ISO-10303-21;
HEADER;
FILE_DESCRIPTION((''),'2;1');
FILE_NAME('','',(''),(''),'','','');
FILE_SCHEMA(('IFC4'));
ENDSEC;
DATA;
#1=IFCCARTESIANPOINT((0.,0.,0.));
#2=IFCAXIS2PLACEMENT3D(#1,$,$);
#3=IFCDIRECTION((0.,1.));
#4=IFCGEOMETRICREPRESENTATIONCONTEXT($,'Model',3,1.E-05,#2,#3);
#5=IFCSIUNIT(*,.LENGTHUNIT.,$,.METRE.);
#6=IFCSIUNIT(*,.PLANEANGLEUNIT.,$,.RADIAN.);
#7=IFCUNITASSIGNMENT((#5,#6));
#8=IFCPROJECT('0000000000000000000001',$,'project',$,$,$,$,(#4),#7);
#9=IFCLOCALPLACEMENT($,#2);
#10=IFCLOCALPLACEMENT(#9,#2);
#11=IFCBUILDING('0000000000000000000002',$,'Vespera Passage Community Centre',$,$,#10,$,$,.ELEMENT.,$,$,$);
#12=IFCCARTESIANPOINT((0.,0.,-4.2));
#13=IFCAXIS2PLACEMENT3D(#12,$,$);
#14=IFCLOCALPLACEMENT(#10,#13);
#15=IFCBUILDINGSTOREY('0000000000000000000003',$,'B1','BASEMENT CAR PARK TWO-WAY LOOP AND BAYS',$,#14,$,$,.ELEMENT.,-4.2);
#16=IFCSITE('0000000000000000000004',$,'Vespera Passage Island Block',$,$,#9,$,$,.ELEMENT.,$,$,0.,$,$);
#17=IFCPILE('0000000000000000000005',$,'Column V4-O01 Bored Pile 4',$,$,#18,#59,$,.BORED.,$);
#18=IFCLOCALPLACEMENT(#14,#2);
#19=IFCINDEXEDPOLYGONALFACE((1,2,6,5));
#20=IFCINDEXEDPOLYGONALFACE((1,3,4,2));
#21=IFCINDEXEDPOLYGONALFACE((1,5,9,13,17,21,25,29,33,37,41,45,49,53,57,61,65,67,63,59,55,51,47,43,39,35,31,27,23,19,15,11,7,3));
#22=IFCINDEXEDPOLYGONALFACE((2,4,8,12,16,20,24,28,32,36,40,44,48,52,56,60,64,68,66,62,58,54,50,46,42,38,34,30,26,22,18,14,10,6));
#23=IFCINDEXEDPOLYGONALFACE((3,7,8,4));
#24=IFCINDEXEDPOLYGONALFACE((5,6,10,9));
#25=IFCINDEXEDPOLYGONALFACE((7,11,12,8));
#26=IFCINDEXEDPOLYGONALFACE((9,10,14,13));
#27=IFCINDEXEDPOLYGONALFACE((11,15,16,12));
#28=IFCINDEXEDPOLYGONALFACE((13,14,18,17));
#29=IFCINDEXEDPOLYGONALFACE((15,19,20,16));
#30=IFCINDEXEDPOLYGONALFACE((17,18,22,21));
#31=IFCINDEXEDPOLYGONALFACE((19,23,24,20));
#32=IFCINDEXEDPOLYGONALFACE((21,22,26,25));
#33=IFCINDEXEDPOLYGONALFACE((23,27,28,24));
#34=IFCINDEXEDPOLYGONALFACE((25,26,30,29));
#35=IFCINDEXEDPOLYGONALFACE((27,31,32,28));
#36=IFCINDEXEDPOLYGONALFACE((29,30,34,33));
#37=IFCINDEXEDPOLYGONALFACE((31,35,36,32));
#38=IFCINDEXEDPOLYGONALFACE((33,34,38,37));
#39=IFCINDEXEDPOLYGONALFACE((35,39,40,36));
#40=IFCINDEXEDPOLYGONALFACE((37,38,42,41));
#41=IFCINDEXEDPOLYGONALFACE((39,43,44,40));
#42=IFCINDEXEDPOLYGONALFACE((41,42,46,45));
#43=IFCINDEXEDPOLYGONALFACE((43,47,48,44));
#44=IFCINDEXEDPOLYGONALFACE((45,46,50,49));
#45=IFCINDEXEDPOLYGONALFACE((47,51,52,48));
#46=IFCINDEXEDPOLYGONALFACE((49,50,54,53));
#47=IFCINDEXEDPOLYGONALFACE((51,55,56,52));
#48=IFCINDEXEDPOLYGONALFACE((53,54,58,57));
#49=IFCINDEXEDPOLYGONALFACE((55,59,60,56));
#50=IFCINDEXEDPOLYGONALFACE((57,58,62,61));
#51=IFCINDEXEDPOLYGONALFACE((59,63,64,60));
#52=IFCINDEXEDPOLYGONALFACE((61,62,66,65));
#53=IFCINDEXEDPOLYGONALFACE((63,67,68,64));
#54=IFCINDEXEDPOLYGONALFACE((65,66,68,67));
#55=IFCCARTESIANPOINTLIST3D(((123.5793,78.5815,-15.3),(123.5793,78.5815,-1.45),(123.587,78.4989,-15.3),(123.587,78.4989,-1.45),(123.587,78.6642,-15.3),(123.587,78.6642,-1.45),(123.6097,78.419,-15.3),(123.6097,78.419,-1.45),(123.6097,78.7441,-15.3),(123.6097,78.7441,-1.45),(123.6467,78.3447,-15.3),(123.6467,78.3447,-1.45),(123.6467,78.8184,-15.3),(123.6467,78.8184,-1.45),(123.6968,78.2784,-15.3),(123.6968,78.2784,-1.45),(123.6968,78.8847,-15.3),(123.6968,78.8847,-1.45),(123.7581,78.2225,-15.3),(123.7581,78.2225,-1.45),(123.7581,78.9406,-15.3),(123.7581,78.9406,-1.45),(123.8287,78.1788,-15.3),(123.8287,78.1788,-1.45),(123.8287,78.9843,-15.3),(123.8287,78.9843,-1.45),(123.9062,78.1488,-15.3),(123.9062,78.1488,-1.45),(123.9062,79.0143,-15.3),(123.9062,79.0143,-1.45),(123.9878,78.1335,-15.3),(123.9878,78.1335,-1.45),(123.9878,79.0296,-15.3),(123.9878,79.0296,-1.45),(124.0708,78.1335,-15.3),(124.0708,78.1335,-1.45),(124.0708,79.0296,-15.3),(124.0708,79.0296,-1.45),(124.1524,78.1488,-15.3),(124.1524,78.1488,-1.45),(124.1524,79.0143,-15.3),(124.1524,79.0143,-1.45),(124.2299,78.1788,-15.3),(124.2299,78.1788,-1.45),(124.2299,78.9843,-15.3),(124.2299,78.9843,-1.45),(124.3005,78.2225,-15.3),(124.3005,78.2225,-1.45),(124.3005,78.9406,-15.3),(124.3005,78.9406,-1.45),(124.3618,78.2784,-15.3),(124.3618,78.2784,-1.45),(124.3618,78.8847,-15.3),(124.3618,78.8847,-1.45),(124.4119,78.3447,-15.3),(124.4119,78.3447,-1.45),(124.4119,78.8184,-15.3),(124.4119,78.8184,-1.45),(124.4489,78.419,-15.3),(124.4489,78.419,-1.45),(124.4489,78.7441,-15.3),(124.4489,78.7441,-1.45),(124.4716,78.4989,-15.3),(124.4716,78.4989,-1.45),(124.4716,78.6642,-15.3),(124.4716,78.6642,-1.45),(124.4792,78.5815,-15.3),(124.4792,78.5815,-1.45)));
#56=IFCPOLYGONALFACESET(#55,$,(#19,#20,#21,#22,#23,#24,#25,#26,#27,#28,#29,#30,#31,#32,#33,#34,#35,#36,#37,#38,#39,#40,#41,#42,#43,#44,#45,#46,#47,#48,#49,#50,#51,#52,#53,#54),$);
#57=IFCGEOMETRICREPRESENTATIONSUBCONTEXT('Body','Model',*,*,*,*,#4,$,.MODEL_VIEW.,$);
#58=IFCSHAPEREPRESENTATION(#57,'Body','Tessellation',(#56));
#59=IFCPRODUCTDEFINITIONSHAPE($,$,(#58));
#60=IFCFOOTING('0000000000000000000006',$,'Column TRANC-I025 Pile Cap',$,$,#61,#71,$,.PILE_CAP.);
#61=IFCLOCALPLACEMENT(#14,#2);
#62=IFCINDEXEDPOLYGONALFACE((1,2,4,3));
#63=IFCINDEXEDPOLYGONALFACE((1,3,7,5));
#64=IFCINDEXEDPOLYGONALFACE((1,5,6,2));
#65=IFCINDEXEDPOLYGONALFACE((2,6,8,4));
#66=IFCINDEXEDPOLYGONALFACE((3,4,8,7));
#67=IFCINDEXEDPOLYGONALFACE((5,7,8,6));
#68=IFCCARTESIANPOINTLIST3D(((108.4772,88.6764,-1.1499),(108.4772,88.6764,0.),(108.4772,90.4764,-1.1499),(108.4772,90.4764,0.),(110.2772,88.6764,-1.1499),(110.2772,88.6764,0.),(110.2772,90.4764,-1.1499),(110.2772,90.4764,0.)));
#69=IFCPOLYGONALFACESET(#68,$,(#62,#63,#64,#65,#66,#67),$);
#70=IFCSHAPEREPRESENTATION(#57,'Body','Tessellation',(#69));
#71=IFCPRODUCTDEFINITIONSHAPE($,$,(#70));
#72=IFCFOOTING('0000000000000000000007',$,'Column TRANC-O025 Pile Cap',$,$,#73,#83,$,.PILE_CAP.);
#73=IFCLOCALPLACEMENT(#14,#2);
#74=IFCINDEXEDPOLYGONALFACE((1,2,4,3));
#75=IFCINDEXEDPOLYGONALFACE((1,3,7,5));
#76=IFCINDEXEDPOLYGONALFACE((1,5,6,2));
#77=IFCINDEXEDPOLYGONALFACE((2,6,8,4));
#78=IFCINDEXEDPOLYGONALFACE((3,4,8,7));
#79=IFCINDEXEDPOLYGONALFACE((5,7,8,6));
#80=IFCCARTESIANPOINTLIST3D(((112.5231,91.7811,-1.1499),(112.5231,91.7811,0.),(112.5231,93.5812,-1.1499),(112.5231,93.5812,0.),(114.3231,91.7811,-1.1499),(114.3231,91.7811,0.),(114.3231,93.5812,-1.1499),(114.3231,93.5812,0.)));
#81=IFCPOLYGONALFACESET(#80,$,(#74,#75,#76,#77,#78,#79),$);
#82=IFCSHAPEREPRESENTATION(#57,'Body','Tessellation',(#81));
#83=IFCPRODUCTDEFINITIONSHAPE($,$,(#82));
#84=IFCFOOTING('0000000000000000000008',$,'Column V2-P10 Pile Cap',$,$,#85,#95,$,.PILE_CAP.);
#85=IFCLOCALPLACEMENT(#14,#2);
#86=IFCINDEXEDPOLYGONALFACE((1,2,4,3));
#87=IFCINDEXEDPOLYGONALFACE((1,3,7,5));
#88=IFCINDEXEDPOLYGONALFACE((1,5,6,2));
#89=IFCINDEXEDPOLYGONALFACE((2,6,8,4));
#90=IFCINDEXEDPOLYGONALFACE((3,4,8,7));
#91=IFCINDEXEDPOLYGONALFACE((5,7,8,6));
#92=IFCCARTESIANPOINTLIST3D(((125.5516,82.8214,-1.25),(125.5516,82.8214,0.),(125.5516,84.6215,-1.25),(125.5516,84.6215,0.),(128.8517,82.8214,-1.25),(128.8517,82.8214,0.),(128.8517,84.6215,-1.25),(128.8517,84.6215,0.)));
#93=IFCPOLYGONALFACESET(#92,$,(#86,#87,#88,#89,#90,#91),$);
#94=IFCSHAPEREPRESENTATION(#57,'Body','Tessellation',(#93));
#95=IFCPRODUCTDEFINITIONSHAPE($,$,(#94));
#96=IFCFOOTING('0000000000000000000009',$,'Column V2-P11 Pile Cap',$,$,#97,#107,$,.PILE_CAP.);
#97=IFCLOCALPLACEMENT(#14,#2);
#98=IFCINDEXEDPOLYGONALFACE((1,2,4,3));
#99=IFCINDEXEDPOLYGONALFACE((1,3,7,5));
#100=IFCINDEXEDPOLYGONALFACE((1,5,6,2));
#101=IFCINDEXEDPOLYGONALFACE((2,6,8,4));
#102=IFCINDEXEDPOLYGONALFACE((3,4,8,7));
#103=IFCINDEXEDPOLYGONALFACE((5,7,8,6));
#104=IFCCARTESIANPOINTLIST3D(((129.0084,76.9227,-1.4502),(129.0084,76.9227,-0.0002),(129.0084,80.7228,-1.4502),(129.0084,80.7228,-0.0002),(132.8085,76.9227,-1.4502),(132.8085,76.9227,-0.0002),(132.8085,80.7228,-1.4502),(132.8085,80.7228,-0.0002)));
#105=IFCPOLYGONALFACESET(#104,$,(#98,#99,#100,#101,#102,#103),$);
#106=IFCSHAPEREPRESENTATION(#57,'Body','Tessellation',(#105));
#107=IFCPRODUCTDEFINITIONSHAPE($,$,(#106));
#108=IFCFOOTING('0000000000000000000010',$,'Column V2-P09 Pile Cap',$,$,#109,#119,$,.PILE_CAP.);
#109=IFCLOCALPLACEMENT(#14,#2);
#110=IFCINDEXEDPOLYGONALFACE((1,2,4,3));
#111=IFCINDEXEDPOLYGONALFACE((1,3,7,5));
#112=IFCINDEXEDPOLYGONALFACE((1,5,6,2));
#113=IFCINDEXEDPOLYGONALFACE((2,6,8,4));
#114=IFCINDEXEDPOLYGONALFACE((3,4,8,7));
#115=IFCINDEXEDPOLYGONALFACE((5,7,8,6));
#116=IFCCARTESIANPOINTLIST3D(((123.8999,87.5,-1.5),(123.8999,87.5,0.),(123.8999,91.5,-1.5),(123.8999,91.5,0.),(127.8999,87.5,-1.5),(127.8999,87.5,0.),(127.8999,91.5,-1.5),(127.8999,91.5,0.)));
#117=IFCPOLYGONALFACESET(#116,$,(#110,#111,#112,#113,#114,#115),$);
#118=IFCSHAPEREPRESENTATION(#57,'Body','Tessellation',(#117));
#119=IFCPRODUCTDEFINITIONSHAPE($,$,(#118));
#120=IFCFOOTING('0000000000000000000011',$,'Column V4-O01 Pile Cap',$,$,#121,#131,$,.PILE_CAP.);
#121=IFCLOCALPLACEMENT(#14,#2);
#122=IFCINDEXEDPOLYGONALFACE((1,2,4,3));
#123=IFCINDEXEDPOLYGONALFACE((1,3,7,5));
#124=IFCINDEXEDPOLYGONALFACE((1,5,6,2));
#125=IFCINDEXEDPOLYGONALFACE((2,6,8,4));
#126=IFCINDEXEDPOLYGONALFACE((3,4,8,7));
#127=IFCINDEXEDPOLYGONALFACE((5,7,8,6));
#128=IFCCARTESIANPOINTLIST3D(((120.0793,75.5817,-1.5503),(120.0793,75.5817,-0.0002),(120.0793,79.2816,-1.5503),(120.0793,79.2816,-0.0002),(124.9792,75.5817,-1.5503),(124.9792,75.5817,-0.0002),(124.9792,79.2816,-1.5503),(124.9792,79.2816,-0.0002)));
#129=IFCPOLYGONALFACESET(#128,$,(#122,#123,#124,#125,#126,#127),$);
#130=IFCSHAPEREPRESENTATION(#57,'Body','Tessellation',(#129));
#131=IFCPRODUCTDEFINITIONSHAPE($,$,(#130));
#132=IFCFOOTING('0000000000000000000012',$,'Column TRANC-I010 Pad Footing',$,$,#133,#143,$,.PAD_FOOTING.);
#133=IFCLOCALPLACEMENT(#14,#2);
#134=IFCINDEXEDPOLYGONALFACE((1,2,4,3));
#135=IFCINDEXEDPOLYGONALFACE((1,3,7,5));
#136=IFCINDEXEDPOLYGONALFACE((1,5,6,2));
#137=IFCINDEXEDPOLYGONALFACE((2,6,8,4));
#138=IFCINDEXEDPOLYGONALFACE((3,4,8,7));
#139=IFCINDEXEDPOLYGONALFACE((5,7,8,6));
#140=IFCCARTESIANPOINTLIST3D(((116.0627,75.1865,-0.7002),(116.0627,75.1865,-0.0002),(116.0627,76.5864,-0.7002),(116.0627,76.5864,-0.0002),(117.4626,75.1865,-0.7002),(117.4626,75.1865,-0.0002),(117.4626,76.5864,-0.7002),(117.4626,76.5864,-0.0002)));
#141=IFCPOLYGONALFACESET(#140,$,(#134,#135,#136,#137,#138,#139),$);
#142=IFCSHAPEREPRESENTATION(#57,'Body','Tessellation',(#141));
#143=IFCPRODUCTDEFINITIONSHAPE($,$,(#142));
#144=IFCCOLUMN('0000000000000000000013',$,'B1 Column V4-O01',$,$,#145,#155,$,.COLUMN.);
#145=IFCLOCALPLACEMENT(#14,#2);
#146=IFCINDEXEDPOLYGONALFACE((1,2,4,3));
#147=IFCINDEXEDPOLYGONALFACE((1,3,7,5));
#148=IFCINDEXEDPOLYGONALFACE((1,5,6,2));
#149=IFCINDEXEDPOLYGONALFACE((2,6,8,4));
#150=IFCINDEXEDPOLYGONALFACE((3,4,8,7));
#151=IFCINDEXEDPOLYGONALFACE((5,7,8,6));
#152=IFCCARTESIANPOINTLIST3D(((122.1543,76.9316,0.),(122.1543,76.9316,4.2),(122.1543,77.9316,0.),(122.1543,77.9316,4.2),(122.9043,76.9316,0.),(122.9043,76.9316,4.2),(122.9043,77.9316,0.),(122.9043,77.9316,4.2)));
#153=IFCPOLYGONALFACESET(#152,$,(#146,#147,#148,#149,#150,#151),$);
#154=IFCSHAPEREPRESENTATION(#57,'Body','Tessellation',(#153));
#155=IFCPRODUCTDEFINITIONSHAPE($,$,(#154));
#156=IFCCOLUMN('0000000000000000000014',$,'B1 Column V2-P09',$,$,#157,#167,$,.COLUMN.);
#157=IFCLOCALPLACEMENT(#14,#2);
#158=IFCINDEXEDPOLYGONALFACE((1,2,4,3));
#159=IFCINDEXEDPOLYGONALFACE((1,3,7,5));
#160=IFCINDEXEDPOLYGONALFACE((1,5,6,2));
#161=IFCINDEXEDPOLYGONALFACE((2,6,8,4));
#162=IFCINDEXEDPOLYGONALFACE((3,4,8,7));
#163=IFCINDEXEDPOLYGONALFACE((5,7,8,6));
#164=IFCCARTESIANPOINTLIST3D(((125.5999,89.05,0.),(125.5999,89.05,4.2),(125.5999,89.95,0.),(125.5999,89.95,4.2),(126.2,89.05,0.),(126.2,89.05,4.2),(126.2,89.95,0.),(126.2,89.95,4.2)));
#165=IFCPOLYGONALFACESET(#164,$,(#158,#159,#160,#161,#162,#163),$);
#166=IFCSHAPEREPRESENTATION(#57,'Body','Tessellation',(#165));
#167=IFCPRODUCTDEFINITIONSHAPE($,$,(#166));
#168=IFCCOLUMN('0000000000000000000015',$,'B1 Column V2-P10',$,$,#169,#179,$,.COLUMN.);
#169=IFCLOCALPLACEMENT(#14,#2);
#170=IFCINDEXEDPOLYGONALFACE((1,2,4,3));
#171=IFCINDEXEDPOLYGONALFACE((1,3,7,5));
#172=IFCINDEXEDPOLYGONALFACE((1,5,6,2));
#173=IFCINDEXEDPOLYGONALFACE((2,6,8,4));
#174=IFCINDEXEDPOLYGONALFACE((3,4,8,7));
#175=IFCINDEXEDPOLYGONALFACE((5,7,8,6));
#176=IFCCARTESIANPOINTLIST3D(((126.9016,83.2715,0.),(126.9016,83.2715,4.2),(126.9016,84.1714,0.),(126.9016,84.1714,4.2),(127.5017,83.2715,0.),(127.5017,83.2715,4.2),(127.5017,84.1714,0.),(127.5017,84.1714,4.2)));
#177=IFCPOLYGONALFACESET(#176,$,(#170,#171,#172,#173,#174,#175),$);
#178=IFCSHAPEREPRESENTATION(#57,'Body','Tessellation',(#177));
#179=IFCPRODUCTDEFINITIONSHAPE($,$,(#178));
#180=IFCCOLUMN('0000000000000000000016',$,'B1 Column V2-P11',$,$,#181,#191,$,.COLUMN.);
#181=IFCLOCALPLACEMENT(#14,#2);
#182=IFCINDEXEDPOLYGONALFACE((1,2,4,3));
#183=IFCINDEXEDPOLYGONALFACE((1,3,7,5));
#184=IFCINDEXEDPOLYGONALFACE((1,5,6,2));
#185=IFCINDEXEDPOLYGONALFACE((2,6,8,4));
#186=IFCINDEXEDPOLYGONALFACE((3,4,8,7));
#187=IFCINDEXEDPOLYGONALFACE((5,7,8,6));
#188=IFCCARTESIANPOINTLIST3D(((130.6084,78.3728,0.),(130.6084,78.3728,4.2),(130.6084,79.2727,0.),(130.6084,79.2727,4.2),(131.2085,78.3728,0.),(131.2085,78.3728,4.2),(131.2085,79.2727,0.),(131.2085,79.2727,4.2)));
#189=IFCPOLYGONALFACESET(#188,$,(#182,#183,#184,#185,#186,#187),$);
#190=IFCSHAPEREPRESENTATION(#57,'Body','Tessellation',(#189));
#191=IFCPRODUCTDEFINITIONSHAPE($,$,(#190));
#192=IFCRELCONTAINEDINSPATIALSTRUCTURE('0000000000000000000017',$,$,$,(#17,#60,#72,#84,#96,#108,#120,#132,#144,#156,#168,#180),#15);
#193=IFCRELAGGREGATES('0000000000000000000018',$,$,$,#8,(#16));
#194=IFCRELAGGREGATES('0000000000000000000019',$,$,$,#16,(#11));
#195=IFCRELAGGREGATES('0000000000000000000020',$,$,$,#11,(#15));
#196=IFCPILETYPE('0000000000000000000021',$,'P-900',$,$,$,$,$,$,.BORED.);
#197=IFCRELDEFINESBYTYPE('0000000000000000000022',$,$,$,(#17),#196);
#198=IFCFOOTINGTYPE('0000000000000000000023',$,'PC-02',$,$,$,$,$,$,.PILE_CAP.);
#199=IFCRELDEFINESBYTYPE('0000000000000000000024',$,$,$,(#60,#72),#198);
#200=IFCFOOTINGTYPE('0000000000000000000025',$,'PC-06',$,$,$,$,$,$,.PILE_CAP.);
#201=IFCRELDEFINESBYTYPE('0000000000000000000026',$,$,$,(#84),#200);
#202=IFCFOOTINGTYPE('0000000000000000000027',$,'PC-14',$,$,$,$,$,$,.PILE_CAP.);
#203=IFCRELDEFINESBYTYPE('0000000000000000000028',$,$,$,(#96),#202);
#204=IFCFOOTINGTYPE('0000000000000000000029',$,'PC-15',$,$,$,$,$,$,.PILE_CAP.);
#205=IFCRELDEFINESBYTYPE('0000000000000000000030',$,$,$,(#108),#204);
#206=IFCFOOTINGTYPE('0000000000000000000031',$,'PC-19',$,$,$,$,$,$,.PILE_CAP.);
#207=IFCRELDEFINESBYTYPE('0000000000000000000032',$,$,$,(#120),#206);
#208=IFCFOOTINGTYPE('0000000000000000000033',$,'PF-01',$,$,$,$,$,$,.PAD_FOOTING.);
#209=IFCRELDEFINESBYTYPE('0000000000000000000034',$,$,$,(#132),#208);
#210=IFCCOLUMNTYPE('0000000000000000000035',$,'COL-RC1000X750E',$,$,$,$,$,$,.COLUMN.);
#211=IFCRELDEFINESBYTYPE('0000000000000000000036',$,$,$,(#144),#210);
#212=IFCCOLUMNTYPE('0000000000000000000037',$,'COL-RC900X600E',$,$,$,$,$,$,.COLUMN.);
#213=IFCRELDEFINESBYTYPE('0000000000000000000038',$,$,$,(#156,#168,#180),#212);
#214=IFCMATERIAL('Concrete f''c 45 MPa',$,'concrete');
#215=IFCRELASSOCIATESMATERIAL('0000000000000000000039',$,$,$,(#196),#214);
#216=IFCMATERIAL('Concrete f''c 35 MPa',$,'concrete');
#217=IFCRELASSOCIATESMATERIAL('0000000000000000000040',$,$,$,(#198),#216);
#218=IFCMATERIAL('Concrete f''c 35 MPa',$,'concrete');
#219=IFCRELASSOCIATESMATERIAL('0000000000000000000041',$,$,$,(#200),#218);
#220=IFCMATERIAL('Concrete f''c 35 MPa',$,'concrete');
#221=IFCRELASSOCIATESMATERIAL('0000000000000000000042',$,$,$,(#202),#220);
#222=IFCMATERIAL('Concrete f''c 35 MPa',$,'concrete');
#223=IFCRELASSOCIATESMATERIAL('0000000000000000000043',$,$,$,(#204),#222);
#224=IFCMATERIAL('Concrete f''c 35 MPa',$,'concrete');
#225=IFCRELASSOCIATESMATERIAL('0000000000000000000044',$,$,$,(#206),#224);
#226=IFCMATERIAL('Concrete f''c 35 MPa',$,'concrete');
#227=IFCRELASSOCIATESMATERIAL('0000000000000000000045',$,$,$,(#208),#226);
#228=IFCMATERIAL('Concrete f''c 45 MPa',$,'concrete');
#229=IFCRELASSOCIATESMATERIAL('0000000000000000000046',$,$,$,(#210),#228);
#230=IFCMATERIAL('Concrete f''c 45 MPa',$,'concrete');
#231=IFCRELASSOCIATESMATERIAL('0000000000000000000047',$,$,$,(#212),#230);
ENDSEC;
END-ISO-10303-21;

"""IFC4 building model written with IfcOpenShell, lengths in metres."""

from ifc_helpers import new_model, si_unit, direction, frame, origin, origin_2d, place, context, subcontext, project, spatial, rectangle, circle, extrude, material, material_profile, profile_set, type_object, element, save


model = new_model("IFC4")

# Units and contexts
model_context = context("Model", 3, precision=1e-05, world=origin(), true_north=direction((0.0, 1.0)))
body_context = subcontext(model_context, "Body", "Model", "MODEL_VIEW")
ifc_project = project(units=[si_unit("LENGTHUNIT", "METRE"), si_unit("PLANEANGLEUNIT", "RADIAN")], contexts=[model_context])

# Site, building, storey
site_placement = place(None, origin())
site = spatial("IfcSite", under=ifc_project, at=site_placement, Name="Vespera Passage Island Block", CompositionType="ELEMENT", RefElevation=0.0)
building_placement = place(site_placement, origin())
building = spatial("IfcBuilding", under=site, at=building_placement, Name="Vespera Passage Community Centre", CompositionType="ELEMENT")
storey_placement = place(building_placement, frame((0.0, 0.0, -4.2)))
storey = spatial("IfcBuildingStorey", under=building, at=storey_placement, Name="B1", Description="BASEMENT CAR PARK TWO-WAY LOOP AND BAYS", CompositionType="ELEMENT", Elevation=-4.2)

# Pile
ifc_material_1 = material(Name="Concrete f'c 45 MPa", Category="concrete")
ifc_material_profile_1 = material_profile(ifc_material_1, circle(Radius=0.45, at=origin_2d()), Name="PILE900DIA")
ifc_profile_set_1 = profile_set([ifc_material_profile_1], Name="Concrete f'c 45 MPa")
pile_type_1 = type_object("IfcPileType", Name="P-900", PredefinedType="BORED", material=ifc_profile_set_1)
for number, where, z_axis, x_axis, name in (
    (1, (124.0293, 78.5815, -1.45), (0.0, 0.0, -1.0), (1.0, 0.0, 0.0), "Column V4-O01 Bored Pile 4"),
):
    element("IfcPile", number, at=place(storey_placement, frame(where, z_axis=z_axis, x_axis=x_axis)), inside=storey, type_object=pile_type_1, Name=name, PredefinedType="BORED", context=body_context, shape_type="SweptSolid", body=[
        extrude(circle(Radius=0.45, at=origin_2d()), origin(), (0.0, 0.0, 1.0), 13.8501),
    ])

# Footings
ifc_material_2 = material(Name="Concrete f'c 35 MPa", Category="concrete")
footing_type_1 = type_object("IfcFootingType", Name="PC-02", PredefinedType="PILE_CAP", material=ifc_material_2)
for number, where, z_axis, x_axis, name in (
    (2, (109.3772, 89.5764, -1.1499), (0.0, 0.0, 1.0), (1.0, 0.0, 0.0), "Column TRANC-I025 Pile Cap"),
    (3, (113.4231, 92.6812, -1.1499), (0.0, 0.0, 1.0), (1.0, 0.0, 0.0), "Column TRANC-O025 Pile Cap"),
):
    element("IfcFooting", number, at=place(storey_placement, frame(where, z_axis=z_axis, x_axis=x_axis)), inside=storey, type_object=footing_type_1, Name=name, PredefinedType="PILE_CAP", context=body_context, shape_type="SweptSolid", body=[
        extrude(rectangle(XDim=1.8, YDim=1.8, at=origin_2d()), origin(), (0.0, 0.0, 1.0), 1.1499),
    ])
ifc_material_3 = material(Name="Concrete f'c 35 MPa", Category="concrete")
footing_type_2 = type_object("IfcFootingType", Name="PC-06", PredefinedType="PILE_CAP", material=ifc_material_3)
footing_1_placement = place(storey_placement, frame((127.2017, 83.7214, -1.25), z_axis=(0.0, 0.0, 1.0), x_axis=(1.0, 0.0, 0.0)))
element("IfcFooting", 4, at=footing_1_placement, inside=storey, type_object=footing_type_2, Name="Column V2-P10 Pile Cap", PredefinedType="PILE_CAP", context=body_context, shape_type="SweptSolid", body=[
    extrude(rectangle(XDim=3.3, YDim=1.8, at=origin_2d()), origin(), (0.0, 0.0, 1.0), 1.25),
])
ifc_material_4 = material(Name="Concrete f'c 35 MPa", Category="concrete")
footing_type_3 = type_object("IfcFootingType", Name="PC-14", PredefinedType="PILE_CAP", material=ifc_material_4)
footing_2_placement = place(storey_placement, frame((130.9084, 78.8228, -1.4502), z_axis=(0.0, 0.0, 1.0), x_axis=(1.0, 0.0, 0.0)))
element("IfcFooting", 5, at=footing_2_placement, inside=storey, type_object=footing_type_3, Name="Column V2-P11 Pile Cap", PredefinedType="PILE_CAP", context=body_context, shape_type="SweptSolid", body=[
    extrude(rectangle(XDim=3.8, YDim=3.8, at=origin_2d()), origin(), (0.0, 0.0, 1.0), 1.45),
])
ifc_material_5 = material(Name="Concrete f'c 35 MPa", Category="concrete")
footing_type_4 = type_object("IfcFootingType", Name="PC-15", PredefinedType="PILE_CAP", material=ifc_material_5)
footing_3_placement = place(storey_placement, frame((125.8999, 89.5, -1.5), z_axis=(0.0, 0.0, 1.0), x_axis=(1.0, 0.0, 0.0)))
element("IfcFooting", 6, at=footing_3_placement, inside=storey, type_object=footing_type_4, Name="Column V2-P09 Pile Cap", PredefinedType="PILE_CAP", context=body_context, shape_type="SweptSolid", body=[
    extrude(rectangle(XDim=4.0, YDim=4.0, at=origin_2d()), origin(), (0.0, 0.0, 1.0), 1.5),
])
ifc_material_6 = material(Name="Concrete f'c 35 MPa", Category="concrete")
footing_type_5 = type_object("IfcFootingType", Name="PC-19", PredefinedType="PILE_CAP", material=ifc_material_6)
footing_4_placement = place(storey_placement, frame((122.5293, 77.4316, -1.5503), z_axis=(0.0, 0.0, 1.0), x_axis=(1.0, 0.0, 0.0)))
element("IfcFooting", 7, at=footing_4_placement, inside=storey, type_object=footing_type_5, Name="Column V4-O01 Pile Cap", PredefinedType="PILE_CAP", context=body_context, shape_type="SweptSolid", body=[
    extrude(rectangle(XDim=4.8999, YDim=3.7, at=origin_2d()), origin(), (0.0, 0.0, 1.0), 1.55),
])
ifc_material_7 = material(Name="Concrete f'c 35 MPa", Category="concrete")
footing_type_6 = type_object("IfcFootingType", Name="PF-01", PredefinedType="PAD_FOOTING", material=ifc_material_7)
footing_5_placement = place(storey_placement, frame((116.7627, 75.8865, -0.7002), z_axis=(0.0, 0.0, 1.0), x_axis=(1.0, 0.0, 0.0)))
element("IfcFooting", 8, at=footing_5_placement, inside=storey, type_object=footing_type_6, Name="Column TRANC-I010 Pad Footing", PredefinedType="PAD_FOOTING", context=body_context, shape_type="SweptSolid", body=[
    extrude(rectangle(XDim=1.3999, YDim=1.3999, at=origin_2d()), origin(), (0.0, 0.0, 1.0), 0.7),
])

# Columns
ifc_material_8 = material(Name="Concrete f'c 45 MPa", Category="concrete")
ifc_material_profile_2 = material_profile(ifc_material_8, rectangle(XDim=0.75, YDim=1.0, at=origin_2d()), Name="RC1000X750")
ifc_profile_set_2 = profile_set([ifc_material_profile_2], Name="Concrete f'c 45 MPa")
column_type_1 = type_object("IfcColumnType", Name="COL-RC1000X750E", PredefinedType="COLUMN", material=ifc_profile_set_2)
column_placement = place(storey_placement, frame((122.5293, 77.4316, 0.0), z_axis=(0.0, 0.0, 1.0), x_axis=(1.0, 0.0, 0.0)))
element("IfcColumn", 9, at=column_placement, inside=storey, type_object=column_type_1, Name="B1 Column V4-O01", PredefinedType="COLUMN", context=body_context, shape_type="SweptSolid", body=[
    extrude(rectangle(XDim=0.75, YDim=1.0, at=origin_2d()), origin(), (0.0, 0.0, 1.0), 4.2),
])
ifc_material_9 = material(Name="Concrete f'c 45 MPa", Category="concrete")
ifc_material_profile_3 = material_profile(ifc_material_9, rectangle(XDim=0.6001, YDim=0.8999, at=origin_2d()), Name="RC900X600")
ifc_profile_set_3 = profile_set([ifc_material_profile_3], Name="Concrete f'c 45 MPa")
column_type_2 = type_object("IfcColumnType", Name="COL-RC900X600E", PredefinedType="COLUMN", material=ifc_profile_set_3)
for number, where, z_axis, x_axis, name in (
    (10, (125.8999, 89.5, 0.0), (0.0, 0.0, 1.0), (1.0, 0.0, 0.0), "B1 Column V2-P09"),
    (11, (127.2017, 83.7214, 0.0), (0.0, 0.0, 1.0), (1.0, 0.0, 0.0), "B1 Column V2-P10"),
    (12, (130.9084, 78.8228, 0.0), (0.0, 0.0, 1.0), (1.0, 0.0, 0.0), "B1 Column V2-P11"),
):
    element("IfcColumn", number, at=place(storey_placement, frame(where, z_axis=z_axis, x_axis=x_axis)), inside=storey, type_object=column_type_2, Name=name, PredefinedType="COLUMN", context=body_context, shape_type="SweptSolid", body=[
        extrude(rectangle(XDim=0.6001, YDim=0.8999, at=origin_2d()), origin(), (0.0, 0.0, 1.0), 4.2),
    ])

save(model, "model.ifc")
